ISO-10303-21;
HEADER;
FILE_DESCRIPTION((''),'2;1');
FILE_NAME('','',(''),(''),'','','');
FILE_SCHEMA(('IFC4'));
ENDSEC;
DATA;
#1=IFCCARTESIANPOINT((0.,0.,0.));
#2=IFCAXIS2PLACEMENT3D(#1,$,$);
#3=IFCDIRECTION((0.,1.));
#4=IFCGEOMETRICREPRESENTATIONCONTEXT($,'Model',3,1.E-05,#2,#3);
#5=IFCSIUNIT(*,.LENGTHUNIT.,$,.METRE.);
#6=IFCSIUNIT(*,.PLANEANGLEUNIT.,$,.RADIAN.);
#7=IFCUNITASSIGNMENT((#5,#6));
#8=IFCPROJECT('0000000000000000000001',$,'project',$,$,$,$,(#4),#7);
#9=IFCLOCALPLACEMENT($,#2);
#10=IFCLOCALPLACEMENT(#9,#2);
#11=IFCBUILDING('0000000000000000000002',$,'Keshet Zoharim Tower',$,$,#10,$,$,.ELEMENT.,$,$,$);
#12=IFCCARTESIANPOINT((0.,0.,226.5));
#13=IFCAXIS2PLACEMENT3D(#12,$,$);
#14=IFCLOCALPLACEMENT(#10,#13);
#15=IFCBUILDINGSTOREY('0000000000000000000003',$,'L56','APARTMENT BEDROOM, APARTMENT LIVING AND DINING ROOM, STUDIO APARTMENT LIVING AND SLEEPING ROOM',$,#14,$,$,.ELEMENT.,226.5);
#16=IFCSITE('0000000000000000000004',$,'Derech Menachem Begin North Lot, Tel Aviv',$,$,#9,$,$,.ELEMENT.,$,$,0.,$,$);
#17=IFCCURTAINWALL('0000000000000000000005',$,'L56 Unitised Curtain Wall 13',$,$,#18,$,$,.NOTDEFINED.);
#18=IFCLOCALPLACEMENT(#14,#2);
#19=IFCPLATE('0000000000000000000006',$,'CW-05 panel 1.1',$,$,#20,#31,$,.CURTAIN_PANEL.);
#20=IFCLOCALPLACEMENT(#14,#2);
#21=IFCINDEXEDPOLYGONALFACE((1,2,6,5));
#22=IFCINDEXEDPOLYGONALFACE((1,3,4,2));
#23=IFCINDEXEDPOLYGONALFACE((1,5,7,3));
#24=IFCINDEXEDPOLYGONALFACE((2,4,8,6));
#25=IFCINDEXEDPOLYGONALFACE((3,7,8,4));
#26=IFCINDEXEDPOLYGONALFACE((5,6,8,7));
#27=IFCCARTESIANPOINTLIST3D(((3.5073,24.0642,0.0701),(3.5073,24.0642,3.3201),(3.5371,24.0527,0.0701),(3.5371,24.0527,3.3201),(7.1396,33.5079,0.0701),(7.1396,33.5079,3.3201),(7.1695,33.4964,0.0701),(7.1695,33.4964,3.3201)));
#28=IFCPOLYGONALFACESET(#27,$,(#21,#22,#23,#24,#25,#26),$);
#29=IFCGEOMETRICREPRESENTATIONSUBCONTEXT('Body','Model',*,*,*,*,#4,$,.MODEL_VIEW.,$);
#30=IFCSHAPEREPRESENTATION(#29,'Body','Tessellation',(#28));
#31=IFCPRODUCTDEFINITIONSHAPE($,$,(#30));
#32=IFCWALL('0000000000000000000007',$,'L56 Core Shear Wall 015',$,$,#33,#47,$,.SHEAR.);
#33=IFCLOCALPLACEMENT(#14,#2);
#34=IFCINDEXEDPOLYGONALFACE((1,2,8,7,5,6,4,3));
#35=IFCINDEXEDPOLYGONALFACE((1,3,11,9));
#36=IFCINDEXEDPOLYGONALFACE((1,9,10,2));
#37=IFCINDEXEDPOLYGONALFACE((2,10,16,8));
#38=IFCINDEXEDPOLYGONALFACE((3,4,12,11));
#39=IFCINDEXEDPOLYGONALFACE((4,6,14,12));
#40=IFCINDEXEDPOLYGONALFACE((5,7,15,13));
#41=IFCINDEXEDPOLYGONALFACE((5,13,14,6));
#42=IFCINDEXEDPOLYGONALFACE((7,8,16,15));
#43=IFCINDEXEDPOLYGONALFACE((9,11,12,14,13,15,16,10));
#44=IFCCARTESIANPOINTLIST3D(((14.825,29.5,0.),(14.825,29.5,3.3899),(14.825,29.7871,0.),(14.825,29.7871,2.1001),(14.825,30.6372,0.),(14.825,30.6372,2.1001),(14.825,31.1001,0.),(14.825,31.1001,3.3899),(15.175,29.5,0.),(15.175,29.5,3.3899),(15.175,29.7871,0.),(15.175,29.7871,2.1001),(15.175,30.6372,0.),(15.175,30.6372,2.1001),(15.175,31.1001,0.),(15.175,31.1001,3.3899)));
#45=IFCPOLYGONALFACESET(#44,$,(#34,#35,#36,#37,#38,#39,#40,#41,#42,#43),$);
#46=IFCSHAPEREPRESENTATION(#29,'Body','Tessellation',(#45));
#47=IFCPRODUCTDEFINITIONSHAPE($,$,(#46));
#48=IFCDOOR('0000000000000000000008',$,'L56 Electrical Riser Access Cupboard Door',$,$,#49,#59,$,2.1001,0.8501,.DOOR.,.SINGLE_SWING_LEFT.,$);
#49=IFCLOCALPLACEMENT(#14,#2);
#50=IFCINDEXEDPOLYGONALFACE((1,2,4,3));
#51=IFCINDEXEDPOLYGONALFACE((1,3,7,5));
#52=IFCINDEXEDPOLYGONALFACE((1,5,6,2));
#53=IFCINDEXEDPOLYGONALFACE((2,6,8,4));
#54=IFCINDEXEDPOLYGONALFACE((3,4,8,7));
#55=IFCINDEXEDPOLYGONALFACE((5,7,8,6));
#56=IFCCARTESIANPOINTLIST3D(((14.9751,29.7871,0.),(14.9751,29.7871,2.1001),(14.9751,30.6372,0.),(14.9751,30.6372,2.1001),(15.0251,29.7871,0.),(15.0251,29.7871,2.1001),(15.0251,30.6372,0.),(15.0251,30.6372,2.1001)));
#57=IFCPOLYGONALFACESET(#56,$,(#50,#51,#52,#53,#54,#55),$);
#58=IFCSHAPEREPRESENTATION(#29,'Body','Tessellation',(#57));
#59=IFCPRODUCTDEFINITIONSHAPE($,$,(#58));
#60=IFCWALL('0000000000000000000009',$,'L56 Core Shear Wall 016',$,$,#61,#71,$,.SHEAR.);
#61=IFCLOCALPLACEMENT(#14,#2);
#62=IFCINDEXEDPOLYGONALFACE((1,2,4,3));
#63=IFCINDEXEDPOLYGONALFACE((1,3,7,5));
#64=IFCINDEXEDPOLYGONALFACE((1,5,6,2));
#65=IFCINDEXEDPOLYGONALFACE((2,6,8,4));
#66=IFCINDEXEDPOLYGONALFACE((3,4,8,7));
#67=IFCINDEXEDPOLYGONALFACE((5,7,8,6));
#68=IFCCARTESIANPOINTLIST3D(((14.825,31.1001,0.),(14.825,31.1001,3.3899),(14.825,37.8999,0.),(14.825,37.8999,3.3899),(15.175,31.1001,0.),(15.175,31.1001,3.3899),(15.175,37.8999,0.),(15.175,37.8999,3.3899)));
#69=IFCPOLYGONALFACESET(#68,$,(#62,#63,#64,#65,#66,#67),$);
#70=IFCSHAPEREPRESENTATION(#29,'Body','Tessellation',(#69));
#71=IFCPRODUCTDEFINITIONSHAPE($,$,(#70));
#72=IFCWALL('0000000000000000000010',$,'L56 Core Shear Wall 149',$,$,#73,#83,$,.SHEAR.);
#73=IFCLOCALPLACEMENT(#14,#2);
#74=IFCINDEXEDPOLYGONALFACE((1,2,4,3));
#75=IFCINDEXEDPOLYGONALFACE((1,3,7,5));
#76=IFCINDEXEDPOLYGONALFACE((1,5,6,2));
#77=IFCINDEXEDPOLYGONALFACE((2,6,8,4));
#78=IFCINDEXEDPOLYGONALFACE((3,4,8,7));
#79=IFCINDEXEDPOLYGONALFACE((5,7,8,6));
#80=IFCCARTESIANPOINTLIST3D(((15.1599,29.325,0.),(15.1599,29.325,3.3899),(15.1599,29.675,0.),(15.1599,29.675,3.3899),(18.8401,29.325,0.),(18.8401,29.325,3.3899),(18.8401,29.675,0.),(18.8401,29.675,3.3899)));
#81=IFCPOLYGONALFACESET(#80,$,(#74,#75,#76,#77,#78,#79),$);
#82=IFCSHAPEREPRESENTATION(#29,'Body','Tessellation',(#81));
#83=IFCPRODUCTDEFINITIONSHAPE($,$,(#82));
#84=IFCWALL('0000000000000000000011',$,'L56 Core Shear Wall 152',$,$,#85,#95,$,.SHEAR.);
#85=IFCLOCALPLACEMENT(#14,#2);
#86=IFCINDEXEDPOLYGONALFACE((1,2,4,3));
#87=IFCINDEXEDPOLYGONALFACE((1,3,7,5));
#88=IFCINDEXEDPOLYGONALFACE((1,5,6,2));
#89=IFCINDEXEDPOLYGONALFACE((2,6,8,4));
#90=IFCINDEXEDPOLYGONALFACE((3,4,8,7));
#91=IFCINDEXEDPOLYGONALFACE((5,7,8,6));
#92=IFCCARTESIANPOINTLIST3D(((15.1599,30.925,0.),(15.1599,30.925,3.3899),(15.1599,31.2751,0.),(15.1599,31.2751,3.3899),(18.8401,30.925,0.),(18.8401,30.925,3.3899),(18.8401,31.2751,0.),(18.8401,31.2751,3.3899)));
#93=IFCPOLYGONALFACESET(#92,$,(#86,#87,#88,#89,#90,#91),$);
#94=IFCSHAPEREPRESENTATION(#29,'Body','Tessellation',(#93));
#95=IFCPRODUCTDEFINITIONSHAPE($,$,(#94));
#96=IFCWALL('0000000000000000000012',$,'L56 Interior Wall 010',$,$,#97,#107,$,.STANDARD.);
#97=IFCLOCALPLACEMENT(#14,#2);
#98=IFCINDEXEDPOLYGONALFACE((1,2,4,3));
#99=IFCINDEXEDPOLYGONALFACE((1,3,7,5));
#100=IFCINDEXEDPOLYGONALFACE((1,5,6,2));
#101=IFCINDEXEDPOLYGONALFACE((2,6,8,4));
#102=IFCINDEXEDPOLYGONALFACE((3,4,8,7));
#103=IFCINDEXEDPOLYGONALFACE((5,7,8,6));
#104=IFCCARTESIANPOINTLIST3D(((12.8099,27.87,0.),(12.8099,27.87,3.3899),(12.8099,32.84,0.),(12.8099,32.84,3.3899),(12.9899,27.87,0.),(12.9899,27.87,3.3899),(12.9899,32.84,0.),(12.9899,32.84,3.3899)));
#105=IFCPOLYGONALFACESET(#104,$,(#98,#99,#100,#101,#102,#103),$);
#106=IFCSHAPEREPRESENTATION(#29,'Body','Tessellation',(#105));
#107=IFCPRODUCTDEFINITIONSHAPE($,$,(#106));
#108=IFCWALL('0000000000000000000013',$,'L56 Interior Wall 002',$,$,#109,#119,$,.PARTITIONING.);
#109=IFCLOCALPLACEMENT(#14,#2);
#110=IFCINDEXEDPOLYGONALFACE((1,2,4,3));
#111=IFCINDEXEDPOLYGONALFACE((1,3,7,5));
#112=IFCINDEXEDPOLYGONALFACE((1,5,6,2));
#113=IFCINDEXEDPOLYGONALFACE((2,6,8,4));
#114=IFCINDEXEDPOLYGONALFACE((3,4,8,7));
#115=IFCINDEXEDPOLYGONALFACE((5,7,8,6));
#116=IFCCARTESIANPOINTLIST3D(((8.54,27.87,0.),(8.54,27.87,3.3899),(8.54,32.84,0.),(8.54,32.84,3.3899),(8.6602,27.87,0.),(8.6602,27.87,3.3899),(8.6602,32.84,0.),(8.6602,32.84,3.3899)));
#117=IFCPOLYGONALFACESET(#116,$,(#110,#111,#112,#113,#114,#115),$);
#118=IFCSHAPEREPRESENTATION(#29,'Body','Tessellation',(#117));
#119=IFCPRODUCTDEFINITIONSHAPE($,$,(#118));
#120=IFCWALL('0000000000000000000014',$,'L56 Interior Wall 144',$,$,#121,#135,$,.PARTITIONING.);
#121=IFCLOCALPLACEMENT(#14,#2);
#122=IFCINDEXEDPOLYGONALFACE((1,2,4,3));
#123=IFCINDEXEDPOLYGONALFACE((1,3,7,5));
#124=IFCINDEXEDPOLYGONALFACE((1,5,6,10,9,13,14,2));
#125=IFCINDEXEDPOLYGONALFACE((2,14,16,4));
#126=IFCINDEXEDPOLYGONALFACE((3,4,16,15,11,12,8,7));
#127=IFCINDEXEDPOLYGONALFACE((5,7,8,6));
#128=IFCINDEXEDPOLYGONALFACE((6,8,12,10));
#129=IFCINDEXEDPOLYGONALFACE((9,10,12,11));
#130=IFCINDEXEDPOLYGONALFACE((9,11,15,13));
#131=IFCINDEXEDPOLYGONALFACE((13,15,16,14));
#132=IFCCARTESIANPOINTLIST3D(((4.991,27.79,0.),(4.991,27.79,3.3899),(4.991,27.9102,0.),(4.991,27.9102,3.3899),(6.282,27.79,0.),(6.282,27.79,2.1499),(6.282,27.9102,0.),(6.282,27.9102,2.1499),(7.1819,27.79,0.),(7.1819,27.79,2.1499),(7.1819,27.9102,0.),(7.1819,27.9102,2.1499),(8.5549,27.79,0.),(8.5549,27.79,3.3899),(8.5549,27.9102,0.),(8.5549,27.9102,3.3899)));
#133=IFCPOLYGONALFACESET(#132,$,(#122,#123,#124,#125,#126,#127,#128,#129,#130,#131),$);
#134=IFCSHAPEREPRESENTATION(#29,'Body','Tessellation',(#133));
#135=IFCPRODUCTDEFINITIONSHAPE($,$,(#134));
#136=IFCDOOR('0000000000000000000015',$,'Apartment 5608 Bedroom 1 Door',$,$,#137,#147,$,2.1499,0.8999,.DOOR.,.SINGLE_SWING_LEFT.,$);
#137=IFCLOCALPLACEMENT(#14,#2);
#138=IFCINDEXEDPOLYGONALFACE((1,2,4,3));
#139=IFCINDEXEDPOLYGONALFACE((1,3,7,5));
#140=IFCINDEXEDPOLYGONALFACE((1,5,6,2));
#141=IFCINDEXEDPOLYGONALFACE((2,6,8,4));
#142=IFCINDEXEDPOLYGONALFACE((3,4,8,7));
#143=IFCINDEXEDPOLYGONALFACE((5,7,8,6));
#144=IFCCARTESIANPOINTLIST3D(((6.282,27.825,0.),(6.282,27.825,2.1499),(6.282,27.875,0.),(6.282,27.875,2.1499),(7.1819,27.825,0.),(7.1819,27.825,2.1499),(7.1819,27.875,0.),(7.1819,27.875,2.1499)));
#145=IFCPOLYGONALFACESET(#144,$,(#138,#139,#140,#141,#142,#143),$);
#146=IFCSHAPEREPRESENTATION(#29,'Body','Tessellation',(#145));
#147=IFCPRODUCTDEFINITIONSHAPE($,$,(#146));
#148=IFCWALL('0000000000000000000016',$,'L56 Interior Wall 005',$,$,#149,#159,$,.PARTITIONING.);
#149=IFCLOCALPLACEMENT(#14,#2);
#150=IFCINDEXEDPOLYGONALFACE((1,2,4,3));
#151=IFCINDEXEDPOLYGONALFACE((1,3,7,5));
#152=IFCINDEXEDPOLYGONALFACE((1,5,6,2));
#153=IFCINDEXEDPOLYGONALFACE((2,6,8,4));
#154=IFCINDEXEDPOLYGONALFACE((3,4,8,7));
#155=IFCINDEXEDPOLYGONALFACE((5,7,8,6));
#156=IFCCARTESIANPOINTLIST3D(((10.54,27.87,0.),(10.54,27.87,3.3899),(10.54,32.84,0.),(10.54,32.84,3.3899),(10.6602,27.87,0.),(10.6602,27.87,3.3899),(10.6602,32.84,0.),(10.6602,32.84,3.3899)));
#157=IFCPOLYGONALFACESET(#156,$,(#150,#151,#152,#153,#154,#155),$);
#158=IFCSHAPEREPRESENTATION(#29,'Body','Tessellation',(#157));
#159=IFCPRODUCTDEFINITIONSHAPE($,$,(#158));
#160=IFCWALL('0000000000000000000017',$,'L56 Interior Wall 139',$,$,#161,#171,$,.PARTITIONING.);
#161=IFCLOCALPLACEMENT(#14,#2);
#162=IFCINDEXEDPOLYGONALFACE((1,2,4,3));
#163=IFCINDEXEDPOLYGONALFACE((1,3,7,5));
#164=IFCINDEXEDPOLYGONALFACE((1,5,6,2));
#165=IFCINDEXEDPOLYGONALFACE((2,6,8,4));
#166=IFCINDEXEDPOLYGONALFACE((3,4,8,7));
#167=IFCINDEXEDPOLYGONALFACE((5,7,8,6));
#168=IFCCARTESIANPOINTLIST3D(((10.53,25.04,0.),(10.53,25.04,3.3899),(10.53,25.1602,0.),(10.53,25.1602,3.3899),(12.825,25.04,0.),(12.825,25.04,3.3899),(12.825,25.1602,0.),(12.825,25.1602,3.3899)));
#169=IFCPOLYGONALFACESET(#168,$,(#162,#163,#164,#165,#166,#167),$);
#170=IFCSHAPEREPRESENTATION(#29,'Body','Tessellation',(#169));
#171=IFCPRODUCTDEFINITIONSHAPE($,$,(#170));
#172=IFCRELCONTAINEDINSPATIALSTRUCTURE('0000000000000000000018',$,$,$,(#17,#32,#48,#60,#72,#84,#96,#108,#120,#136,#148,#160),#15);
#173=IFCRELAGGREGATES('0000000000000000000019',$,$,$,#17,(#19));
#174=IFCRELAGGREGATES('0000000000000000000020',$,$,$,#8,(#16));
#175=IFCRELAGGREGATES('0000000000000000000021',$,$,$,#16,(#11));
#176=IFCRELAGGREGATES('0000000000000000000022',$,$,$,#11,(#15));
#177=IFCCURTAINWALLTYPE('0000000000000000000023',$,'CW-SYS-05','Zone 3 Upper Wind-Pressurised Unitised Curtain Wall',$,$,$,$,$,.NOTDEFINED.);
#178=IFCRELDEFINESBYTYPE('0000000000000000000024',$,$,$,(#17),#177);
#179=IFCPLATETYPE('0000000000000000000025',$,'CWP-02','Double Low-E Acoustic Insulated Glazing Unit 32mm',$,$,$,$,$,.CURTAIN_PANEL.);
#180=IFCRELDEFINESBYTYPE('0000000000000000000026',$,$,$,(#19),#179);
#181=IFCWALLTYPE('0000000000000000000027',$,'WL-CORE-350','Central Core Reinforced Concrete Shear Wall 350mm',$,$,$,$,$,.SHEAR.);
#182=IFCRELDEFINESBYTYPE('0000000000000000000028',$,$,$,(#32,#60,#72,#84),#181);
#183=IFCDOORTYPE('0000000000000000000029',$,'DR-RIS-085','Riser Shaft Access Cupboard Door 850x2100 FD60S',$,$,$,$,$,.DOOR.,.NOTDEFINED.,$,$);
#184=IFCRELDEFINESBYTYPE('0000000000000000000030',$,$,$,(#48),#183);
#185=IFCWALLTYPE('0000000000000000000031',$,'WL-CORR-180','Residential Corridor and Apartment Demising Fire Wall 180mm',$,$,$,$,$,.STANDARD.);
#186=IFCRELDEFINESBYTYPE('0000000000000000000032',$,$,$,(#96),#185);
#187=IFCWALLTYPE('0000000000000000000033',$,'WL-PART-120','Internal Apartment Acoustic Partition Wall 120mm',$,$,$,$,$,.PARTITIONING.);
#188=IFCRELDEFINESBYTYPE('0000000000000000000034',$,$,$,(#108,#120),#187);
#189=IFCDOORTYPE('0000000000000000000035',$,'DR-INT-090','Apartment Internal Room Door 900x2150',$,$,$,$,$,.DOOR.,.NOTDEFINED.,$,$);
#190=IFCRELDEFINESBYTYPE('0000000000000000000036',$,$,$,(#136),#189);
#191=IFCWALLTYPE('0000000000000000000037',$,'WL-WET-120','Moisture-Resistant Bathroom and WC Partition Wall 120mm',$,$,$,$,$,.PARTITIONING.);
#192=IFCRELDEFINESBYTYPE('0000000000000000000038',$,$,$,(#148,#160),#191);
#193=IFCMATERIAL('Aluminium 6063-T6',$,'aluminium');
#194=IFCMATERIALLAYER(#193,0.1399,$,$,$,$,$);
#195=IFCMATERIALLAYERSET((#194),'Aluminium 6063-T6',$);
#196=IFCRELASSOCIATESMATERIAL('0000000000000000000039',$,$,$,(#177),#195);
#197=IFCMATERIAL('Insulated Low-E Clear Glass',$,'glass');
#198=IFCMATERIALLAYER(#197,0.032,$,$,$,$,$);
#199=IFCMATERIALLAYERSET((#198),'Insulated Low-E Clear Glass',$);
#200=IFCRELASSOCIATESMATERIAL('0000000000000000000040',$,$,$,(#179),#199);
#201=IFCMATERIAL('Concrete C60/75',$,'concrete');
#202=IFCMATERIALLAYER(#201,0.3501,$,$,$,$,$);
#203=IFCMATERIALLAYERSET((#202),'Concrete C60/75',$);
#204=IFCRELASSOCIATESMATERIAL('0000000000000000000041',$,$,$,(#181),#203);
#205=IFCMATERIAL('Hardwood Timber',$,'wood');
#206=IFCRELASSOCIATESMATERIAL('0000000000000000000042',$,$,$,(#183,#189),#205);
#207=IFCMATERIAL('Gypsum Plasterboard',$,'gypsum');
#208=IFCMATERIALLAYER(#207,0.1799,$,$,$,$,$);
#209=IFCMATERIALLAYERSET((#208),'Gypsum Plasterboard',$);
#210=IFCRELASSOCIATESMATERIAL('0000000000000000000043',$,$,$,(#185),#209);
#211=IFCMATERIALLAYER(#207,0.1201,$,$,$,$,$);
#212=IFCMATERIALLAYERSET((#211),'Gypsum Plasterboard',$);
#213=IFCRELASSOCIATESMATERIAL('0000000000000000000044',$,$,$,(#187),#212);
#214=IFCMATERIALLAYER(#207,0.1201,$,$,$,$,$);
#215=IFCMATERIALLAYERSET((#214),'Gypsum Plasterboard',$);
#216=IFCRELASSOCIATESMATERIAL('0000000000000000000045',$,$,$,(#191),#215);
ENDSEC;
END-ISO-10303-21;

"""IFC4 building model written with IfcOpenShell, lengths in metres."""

from ifc_helpers import new_model, si_unit, direction, frame, frame_2d, origin, origin_2d, place, context, subcontext, project, spatial, rectangle, extrude, material, layer, layer_set, type_object, element, fill, aggregate, save


model = new_model("IFC4")

# Units and contexts
model_context = context("Model", 3, precision=1e-05, world=origin(), true_north=direction((0.0, 1.0)))
body_context = subcontext(model_context, "Body", "Model", "MODEL_VIEW")
ifc_project = project(units=[si_unit("LENGTHUNIT", "METRE"), si_unit("PLANEANGLEUNIT", "RADIAN")], contexts=[model_context])

# Site, building, storey
site_placement = place(None, origin())
site = spatial("IfcSite", under=ifc_project, at=site_placement, Name="Derech Menachem Begin North Lot, Tel Aviv", CompositionType="ELEMENT", RefElevation=0.0)
building_placement = place(site_placement, origin())
building = spatial("IfcBuilding", under=site, at=building_placement, Name="Keshet Zoharim Tower", CompositionType="ELEMENT")
storey_placement = place(building_placement, frame((0.0, 0.0, 226.5)))
storey = spatial("IfcBuildingStorey", under=building, at=storey_placement, Name="L56", Description="APARTMENT BEDROOM, APARTMENT LIVING AND DINING ROOM, STUDIO APARTMENT LIVING AND SLEEPING ROOM", CompositionType="ELEMENT", Elevation=226.5)

# Curtain wall, plate
ifc_material_1 = material(Name="Aluminium 6063-T6", Category="aluminium")
ifc_layer_1 = layer(ifc_material_1, 0.1399)
ifc_layer_set_1 = layer_set([ifc_layer_1], Name="Aluminium 6063-T6")
curtain_wall_type = type_object("IfcCurtainWallType", Name="CW-SYS-05", Description="Zone 3 Upper Wind-Pressurised Unitised Curtain Wall", PredefinedType="NOTDEFINED", material=ifc_layer_set_1)
curtain_wall_placement = place(storey_placement, origin())
curtain_wall = element("IfcCurtainWall", 1, at=curtain_wall_placement, inside=storey, type_object=curtain_wall_type, Name="L56 Unitised Curtain Wall 13", PredefinedType="NOTDEFINED")
ifc_material_2 = material(Name="Insulated Low-E Clear Glass", Category="glass")
ifc_layer_2 = layer(ifc_material_2, 0.032)
ifc_layer_set_2 = layer_set([ifc_layer_2], Name="Insulated Low-E Clear Glass")
plate_type = type_object("IfcPlateType", Name="CWP-02", Description="Double Low-E Acoustic Insulated Glazing Unit 32mm", PredefinedType="CURTAIN_PANEL", material=ifc_layer_set_2)
plate_placement = place(storey_placement, frame((5.3384, 28.7803, 0.0701), z_axis=(0.0, 0.0, 1.0), x_axis=(0.35899, 0.933341, 0.0)))
plate = element("IfcPlate", 2, at=plate_placement, type_object=plate_type, Name="CW-05 panel 1.1", PredefinedType="CURTAIN_PANEL", context=body_context, shape_type="SweptSolid", body=[
    extrude(rectangle(XDim=10.1182, YDim=0.032, at=origin_2d()), origin(), (0.0, 0.0, 1.0), 3.25),
])
aggregate(curtain_wall, [plate])

# Wall, opening, door
ifc_material_3 = material(Name="Concrete C60/75", Category="concrete")
ifc_layer_3 = layer(ifc_material_3, 0.3501)
ifc_layer_set_3 = layer_set([ifc_layer_3], Name="Concrete C60/75")
wall_type_1 = type_object("IfcWallType", Name="WL-CORE-350", Description="Central Core Reinforced Concrete Shear Wall 350mm", PredefinedType="SHEAR", material=ifc_layer_set_3)
wall_1_placement = place(storey_placement, frame((15.0, 29.5, 0.0), z_axis=(0.0, 0.0, 1.0), x_axis=(0.0, 1.0, 0.0)))
wall_1 = element("IfcWall", 3, at=wall_1_placement, inside=storey, type_object=wall_type_1, Name="L56 Core Shear Wall 015", PredefinedType="SHEAR", context=body_context, shape_type="SweptSolid", body=[
    extrude(rectangle(XDim=1.6001, YDim=0.3501, at=frame_2d((0.8, 0.0))), origin(), (0.0, 0.0, 1.0), 3.3899),
])
opening_1_placement = place(wall_1_placement, frame((0.2871, 0.0, 0.0)))
opening_1 = element("IfcOpeningElement", 4, at=opening_1_placement, cuts=wall_1, PredefinedType="OPENING", context=body_context, shape_type="SweptSolid", body=[
    extrude(rectangle(XDim=0.8501, YDim=2.1001, at=frame_2d((0.425, 1.05))), frame((0.0, 0.1851, 0.0), z_axis=(0.0, -1.0, 0.0), x_axis=(1.0, 0.0, 0.0)), (0.0, 0.0, 1.0), 0.3701),
])
ifc_material_4 = material(Name="Hardwood Timber", Category="wood")
door_type_1 = type_object("IfcDoorType", Name="DR-RIS-085", Description="Riser Shaft Access Cupboard Door 850x2100 FD60S", OperationType="NOTDEFINED", PredefinedType="DOOR", material=ifc_material_4)
door_1_placement = place(opening_1_placement, origin())
door_1 = element("IfcDoor", 5, at=door_1_placement, inside=storey, type_object=door_type_1, Name="L56 Electrical Riser Access Cupboard Door", OperationType="SINGLE_SWING_LEFT", OverallHeight=2.1001, OverallWidth=0.8501, PredefinedType="DOOR", context=body_context, shape_type="SweptSolid", body=[
    extrude(rectangle(XDim=0.8501, YDim=2.1001, at=frame_2d((0.425, 1.05))), frame((0.0, 0.0249, 0.0), z_axis=(0.0, -1.0, 0.0), x_axis=(1.0, 0.0, 0.0)), (0.0, 0.0, 1.0), 0.05),
])
fill(opening_1, door_1)

# Walls
wall_2_placement = place(storey_placement, frame((15.0, 31.1001, 0.0), z_axis=(0.0, 0.0, 1.0), x_axis=(0.0, 1.0, 0.0)))
element("IfcWall", 6, at=wall_2_placement, inside=storey, type_object=wall_type_1, Name="L56 Core Shear Wall 016", PredefinedType="SHEAR", context=body_context, shape_type="SweptSolid", body=[
    extrude(rectangle(XDim=6.7998, YDim=0.3501, at=frame_2d((3.3999, 0.0))), origin(), (0.0, 0.0, 1.0), 3.3899),
])
for number, where, z_axis, x_axis, name in (
    (7, (15.1599, 29.5, 0.0), (0.0, 0.0, 1.0), (1.0, 0.0, 0.0), "L56 Core Shear Wall 149"),
    (8, (15.1599, 31.1001, 0.0), (0.0, 0.0, 1.0), (1.0, 0.0, 0.0), "L56 Core Shear Wall 152"),
):
    element("IfcWall", number, at=place(storey_placement, frame(where, z_axis=z_axis, x_axis=x_axis)), inside=storey, type_object=wall_type_1, Name=name, PredefinedType="SHEAR", context=body_context, shape_type="SweptSolid", body=[
        extrude(rectangle(XDim=3.6802, YDim=0.3501, at=frame_2d((1.8401, 0.0))), origin(), (0.0, 0.0, 1.0), 3.3899),
    ])

# Shared definitions
ifc_material_5 = material(Name="Gypsum Plasterboard", Category="gypsum")
ifc_layer_4 = layer(ifc_material_5, 0.1799)
ifc_layer_set_4 = layer_set([ifc_layer_4], Name="Gypsum Plasterboard")
wall_type_2 = type_object("IfcWallType", Name="WL-CORR-180", Description="Residential Corridor and Apartment Demising Fire Wall 180mm", PredefinedType="STANDARD", material=ifc_layer_set_4)

# Walls
wall_3_placement = place(storey_placement, frame((12.8999, 27.8701, 0.0), z_axis=(0.0, 0.0, 1.0), x_axis=(0.0, 1.0, 0.0)))
element("IfcWall", 9, at=wall_3_placement, inside=storey, type_object=wall_type_2, Name="L56 Interior Wall 010", PredefinedType="STANDARD", context=body_context, shape_type="SweptSolid", body=[
    extrude(rectangle(XDim=4.97, YDim=0.1799, at=frame_2d((2.4849, 0.0))), origin(), (0.0, 0.0, 1.0), 3.3899),
])
ifc_layer_5 = layer(ifc_material_5, 0.1201)
ifc_layer_set_5 = layer_set([ifc_layer_5], Name="Gypsum Plasterboard")
wall_type_3 = type_object("IfcWallType", Name="WL-PART-120", Description="Internal Apartment Acoustic Partition Wall 120mm", PredefinedType="PARTITIONING", material=ifc_layer_set_5)
wall_4_placement = place(storey_placement, frame((8.6001, 27.8701, 0.0), z_axis=(0.0, 0.0, 1.0), x_axis=(0.0, 1.0, 0.0)))
element("IfcWall", 10, at=wall_4_placement, inside=storey, type_object=wall_type_3, Name="L56 Interior Wall 002", PredefinedType="PARTITIONING", context=body_context, shape_type="SweptSolid", body=[
    extrude(rectangle(XDim=4.97, YDim=0.1201, at=frame_2d((2.4849, 0.0))), origin(), (0.0, 0.0, 1.0), 3.3899),
])

# Wall, opening, door
wall_5_placement = place(storey_placement, frame((4.991, 27.8501, 0.0), z_axis=(0.0, 0.0, 1.0), x_axis=(1.0, 0.0, 0.0)))
wall_5 = element("IfcWall", 11, at=wall_5_placement, inside=storey, type_object=wall_type_3, Name="L56 Interior Wall 144", PredefinedType="PARTITIONING", context=body_context, shape_type="SweptSolid", body=[
    extrude(rectangle(XDim=3.564, YDim=0.1201, at=frame_2d((1.782, 0.0))), origin(), (0.0, 0.0, 1.0), 3.3899),
])
opening_2_placement = place(wall_5_placement, frame((1.291, 0.0, 0.0)))
opening_2 = element("IfcOpeningElement", 12, at=opening_2_placement, cuts=wall_5, PredefinedType="OPENING", context=body_context, shape_type="SweptSolid", body=[
    extrude(rectangle(XDim=0.8999, YDim=2.1499, at=frame_2d((0.45, 1.075))), frame((0.0, 0.0701, 0.0), z_axis=(0.0, -1.0, 0.0), x_axis=(1.0, 0.0, 0.0)), (0.0, 0.0, 1.0), 0.1401),
])
door_type_2 = type_object("IfcDoorType", Name="DR-INT-090", Description="Apartment Internal Room Door 900x2150", OperationType="NOTDEFINED", PredefinedType="DOOR", material=ifc_material_4)
door_2_placement = place(opening_2_placement, origin())
door_2 = element("IfcDoor", 13, at=door_2_placement, inside=storey, type_object=door_type_2, Name="Apartment 5608 Bedroom 1 Door", OperationType="SINGLE_SWING_LEFT", OverallHeight=2.1499, OverallWidth=0.8999, PredefinedType="DOOR", context=body_context, shape_type="SweptSolid", body=[
    extrude(rectangle(XDim=0.8999, YDim=2.1499, at=frame_2d((0.45, 1.075))), frame((0.0, 0.0249, 0.0), z_axis=(0.0, -1.0, 0.0), x_axis=(1.0, 0.0, 0.0)), (0.0, 0.0, 1.0), 0.05),
])
fill(opening_2, door_2)

# Walls
ifc_layer_6 = layer(ifc_material_5, 0.1201)
ifc_layer_set_6 = layer_set([ifc_layer_6], Name="Gypsum Plasterboard")
wall_type_4 = type_object("IfcWallType", Name="WL-WET-120", Description="Moisture-Resistant Bathroom and WC Partition Wall 120mm", PredefinedType="PARTITIONING", material=ifc_layer_set_6)
wall_6_placement = place(storey_placement, frame((10.6001, 27.8701, 0.0), z_axis=(0.0, 0.0, 1.0), x_axis=(0.0, 1.0, 0.0)))
element("IfcWall", 14, at=wall_6_placement, inside=storey, type_object=wall_type_4, Name="L56 Interior Wall 005", PredefinedType="PARTITIONING", context=body_context, shape_type="SweptSolid", body=[
    extrude(rectangle(XDim=4.97, YDim=0.1201, at=frame_2d((2.4849, 0.0))), origin(), (0.0, 0.0, 1.0), 3.3899),
])
wall_7_placement = place(storey_placement, frame((10.53, 25.1001, 0.0), z_axis=(0.0, 0.0, 1.0), x_axis=(1.0, 0.0, 0.0)))
element("IfcWall", 15, at=wall_7_placement, inside=storey, type_object=wall_type_4, Name="L56 Interior Wall 139", PredefinedType="PARTITIONING", context=body_context, shape_type="SweptSolid", body=[
    extrude(rectangle(XDim=2.2949, YDim=0.1201, at=frame_2d((1.1475, 0.0))), origin(), (0.0, 0.0, 1.0), 3.3899),
])

save(model, "model.ifc")
